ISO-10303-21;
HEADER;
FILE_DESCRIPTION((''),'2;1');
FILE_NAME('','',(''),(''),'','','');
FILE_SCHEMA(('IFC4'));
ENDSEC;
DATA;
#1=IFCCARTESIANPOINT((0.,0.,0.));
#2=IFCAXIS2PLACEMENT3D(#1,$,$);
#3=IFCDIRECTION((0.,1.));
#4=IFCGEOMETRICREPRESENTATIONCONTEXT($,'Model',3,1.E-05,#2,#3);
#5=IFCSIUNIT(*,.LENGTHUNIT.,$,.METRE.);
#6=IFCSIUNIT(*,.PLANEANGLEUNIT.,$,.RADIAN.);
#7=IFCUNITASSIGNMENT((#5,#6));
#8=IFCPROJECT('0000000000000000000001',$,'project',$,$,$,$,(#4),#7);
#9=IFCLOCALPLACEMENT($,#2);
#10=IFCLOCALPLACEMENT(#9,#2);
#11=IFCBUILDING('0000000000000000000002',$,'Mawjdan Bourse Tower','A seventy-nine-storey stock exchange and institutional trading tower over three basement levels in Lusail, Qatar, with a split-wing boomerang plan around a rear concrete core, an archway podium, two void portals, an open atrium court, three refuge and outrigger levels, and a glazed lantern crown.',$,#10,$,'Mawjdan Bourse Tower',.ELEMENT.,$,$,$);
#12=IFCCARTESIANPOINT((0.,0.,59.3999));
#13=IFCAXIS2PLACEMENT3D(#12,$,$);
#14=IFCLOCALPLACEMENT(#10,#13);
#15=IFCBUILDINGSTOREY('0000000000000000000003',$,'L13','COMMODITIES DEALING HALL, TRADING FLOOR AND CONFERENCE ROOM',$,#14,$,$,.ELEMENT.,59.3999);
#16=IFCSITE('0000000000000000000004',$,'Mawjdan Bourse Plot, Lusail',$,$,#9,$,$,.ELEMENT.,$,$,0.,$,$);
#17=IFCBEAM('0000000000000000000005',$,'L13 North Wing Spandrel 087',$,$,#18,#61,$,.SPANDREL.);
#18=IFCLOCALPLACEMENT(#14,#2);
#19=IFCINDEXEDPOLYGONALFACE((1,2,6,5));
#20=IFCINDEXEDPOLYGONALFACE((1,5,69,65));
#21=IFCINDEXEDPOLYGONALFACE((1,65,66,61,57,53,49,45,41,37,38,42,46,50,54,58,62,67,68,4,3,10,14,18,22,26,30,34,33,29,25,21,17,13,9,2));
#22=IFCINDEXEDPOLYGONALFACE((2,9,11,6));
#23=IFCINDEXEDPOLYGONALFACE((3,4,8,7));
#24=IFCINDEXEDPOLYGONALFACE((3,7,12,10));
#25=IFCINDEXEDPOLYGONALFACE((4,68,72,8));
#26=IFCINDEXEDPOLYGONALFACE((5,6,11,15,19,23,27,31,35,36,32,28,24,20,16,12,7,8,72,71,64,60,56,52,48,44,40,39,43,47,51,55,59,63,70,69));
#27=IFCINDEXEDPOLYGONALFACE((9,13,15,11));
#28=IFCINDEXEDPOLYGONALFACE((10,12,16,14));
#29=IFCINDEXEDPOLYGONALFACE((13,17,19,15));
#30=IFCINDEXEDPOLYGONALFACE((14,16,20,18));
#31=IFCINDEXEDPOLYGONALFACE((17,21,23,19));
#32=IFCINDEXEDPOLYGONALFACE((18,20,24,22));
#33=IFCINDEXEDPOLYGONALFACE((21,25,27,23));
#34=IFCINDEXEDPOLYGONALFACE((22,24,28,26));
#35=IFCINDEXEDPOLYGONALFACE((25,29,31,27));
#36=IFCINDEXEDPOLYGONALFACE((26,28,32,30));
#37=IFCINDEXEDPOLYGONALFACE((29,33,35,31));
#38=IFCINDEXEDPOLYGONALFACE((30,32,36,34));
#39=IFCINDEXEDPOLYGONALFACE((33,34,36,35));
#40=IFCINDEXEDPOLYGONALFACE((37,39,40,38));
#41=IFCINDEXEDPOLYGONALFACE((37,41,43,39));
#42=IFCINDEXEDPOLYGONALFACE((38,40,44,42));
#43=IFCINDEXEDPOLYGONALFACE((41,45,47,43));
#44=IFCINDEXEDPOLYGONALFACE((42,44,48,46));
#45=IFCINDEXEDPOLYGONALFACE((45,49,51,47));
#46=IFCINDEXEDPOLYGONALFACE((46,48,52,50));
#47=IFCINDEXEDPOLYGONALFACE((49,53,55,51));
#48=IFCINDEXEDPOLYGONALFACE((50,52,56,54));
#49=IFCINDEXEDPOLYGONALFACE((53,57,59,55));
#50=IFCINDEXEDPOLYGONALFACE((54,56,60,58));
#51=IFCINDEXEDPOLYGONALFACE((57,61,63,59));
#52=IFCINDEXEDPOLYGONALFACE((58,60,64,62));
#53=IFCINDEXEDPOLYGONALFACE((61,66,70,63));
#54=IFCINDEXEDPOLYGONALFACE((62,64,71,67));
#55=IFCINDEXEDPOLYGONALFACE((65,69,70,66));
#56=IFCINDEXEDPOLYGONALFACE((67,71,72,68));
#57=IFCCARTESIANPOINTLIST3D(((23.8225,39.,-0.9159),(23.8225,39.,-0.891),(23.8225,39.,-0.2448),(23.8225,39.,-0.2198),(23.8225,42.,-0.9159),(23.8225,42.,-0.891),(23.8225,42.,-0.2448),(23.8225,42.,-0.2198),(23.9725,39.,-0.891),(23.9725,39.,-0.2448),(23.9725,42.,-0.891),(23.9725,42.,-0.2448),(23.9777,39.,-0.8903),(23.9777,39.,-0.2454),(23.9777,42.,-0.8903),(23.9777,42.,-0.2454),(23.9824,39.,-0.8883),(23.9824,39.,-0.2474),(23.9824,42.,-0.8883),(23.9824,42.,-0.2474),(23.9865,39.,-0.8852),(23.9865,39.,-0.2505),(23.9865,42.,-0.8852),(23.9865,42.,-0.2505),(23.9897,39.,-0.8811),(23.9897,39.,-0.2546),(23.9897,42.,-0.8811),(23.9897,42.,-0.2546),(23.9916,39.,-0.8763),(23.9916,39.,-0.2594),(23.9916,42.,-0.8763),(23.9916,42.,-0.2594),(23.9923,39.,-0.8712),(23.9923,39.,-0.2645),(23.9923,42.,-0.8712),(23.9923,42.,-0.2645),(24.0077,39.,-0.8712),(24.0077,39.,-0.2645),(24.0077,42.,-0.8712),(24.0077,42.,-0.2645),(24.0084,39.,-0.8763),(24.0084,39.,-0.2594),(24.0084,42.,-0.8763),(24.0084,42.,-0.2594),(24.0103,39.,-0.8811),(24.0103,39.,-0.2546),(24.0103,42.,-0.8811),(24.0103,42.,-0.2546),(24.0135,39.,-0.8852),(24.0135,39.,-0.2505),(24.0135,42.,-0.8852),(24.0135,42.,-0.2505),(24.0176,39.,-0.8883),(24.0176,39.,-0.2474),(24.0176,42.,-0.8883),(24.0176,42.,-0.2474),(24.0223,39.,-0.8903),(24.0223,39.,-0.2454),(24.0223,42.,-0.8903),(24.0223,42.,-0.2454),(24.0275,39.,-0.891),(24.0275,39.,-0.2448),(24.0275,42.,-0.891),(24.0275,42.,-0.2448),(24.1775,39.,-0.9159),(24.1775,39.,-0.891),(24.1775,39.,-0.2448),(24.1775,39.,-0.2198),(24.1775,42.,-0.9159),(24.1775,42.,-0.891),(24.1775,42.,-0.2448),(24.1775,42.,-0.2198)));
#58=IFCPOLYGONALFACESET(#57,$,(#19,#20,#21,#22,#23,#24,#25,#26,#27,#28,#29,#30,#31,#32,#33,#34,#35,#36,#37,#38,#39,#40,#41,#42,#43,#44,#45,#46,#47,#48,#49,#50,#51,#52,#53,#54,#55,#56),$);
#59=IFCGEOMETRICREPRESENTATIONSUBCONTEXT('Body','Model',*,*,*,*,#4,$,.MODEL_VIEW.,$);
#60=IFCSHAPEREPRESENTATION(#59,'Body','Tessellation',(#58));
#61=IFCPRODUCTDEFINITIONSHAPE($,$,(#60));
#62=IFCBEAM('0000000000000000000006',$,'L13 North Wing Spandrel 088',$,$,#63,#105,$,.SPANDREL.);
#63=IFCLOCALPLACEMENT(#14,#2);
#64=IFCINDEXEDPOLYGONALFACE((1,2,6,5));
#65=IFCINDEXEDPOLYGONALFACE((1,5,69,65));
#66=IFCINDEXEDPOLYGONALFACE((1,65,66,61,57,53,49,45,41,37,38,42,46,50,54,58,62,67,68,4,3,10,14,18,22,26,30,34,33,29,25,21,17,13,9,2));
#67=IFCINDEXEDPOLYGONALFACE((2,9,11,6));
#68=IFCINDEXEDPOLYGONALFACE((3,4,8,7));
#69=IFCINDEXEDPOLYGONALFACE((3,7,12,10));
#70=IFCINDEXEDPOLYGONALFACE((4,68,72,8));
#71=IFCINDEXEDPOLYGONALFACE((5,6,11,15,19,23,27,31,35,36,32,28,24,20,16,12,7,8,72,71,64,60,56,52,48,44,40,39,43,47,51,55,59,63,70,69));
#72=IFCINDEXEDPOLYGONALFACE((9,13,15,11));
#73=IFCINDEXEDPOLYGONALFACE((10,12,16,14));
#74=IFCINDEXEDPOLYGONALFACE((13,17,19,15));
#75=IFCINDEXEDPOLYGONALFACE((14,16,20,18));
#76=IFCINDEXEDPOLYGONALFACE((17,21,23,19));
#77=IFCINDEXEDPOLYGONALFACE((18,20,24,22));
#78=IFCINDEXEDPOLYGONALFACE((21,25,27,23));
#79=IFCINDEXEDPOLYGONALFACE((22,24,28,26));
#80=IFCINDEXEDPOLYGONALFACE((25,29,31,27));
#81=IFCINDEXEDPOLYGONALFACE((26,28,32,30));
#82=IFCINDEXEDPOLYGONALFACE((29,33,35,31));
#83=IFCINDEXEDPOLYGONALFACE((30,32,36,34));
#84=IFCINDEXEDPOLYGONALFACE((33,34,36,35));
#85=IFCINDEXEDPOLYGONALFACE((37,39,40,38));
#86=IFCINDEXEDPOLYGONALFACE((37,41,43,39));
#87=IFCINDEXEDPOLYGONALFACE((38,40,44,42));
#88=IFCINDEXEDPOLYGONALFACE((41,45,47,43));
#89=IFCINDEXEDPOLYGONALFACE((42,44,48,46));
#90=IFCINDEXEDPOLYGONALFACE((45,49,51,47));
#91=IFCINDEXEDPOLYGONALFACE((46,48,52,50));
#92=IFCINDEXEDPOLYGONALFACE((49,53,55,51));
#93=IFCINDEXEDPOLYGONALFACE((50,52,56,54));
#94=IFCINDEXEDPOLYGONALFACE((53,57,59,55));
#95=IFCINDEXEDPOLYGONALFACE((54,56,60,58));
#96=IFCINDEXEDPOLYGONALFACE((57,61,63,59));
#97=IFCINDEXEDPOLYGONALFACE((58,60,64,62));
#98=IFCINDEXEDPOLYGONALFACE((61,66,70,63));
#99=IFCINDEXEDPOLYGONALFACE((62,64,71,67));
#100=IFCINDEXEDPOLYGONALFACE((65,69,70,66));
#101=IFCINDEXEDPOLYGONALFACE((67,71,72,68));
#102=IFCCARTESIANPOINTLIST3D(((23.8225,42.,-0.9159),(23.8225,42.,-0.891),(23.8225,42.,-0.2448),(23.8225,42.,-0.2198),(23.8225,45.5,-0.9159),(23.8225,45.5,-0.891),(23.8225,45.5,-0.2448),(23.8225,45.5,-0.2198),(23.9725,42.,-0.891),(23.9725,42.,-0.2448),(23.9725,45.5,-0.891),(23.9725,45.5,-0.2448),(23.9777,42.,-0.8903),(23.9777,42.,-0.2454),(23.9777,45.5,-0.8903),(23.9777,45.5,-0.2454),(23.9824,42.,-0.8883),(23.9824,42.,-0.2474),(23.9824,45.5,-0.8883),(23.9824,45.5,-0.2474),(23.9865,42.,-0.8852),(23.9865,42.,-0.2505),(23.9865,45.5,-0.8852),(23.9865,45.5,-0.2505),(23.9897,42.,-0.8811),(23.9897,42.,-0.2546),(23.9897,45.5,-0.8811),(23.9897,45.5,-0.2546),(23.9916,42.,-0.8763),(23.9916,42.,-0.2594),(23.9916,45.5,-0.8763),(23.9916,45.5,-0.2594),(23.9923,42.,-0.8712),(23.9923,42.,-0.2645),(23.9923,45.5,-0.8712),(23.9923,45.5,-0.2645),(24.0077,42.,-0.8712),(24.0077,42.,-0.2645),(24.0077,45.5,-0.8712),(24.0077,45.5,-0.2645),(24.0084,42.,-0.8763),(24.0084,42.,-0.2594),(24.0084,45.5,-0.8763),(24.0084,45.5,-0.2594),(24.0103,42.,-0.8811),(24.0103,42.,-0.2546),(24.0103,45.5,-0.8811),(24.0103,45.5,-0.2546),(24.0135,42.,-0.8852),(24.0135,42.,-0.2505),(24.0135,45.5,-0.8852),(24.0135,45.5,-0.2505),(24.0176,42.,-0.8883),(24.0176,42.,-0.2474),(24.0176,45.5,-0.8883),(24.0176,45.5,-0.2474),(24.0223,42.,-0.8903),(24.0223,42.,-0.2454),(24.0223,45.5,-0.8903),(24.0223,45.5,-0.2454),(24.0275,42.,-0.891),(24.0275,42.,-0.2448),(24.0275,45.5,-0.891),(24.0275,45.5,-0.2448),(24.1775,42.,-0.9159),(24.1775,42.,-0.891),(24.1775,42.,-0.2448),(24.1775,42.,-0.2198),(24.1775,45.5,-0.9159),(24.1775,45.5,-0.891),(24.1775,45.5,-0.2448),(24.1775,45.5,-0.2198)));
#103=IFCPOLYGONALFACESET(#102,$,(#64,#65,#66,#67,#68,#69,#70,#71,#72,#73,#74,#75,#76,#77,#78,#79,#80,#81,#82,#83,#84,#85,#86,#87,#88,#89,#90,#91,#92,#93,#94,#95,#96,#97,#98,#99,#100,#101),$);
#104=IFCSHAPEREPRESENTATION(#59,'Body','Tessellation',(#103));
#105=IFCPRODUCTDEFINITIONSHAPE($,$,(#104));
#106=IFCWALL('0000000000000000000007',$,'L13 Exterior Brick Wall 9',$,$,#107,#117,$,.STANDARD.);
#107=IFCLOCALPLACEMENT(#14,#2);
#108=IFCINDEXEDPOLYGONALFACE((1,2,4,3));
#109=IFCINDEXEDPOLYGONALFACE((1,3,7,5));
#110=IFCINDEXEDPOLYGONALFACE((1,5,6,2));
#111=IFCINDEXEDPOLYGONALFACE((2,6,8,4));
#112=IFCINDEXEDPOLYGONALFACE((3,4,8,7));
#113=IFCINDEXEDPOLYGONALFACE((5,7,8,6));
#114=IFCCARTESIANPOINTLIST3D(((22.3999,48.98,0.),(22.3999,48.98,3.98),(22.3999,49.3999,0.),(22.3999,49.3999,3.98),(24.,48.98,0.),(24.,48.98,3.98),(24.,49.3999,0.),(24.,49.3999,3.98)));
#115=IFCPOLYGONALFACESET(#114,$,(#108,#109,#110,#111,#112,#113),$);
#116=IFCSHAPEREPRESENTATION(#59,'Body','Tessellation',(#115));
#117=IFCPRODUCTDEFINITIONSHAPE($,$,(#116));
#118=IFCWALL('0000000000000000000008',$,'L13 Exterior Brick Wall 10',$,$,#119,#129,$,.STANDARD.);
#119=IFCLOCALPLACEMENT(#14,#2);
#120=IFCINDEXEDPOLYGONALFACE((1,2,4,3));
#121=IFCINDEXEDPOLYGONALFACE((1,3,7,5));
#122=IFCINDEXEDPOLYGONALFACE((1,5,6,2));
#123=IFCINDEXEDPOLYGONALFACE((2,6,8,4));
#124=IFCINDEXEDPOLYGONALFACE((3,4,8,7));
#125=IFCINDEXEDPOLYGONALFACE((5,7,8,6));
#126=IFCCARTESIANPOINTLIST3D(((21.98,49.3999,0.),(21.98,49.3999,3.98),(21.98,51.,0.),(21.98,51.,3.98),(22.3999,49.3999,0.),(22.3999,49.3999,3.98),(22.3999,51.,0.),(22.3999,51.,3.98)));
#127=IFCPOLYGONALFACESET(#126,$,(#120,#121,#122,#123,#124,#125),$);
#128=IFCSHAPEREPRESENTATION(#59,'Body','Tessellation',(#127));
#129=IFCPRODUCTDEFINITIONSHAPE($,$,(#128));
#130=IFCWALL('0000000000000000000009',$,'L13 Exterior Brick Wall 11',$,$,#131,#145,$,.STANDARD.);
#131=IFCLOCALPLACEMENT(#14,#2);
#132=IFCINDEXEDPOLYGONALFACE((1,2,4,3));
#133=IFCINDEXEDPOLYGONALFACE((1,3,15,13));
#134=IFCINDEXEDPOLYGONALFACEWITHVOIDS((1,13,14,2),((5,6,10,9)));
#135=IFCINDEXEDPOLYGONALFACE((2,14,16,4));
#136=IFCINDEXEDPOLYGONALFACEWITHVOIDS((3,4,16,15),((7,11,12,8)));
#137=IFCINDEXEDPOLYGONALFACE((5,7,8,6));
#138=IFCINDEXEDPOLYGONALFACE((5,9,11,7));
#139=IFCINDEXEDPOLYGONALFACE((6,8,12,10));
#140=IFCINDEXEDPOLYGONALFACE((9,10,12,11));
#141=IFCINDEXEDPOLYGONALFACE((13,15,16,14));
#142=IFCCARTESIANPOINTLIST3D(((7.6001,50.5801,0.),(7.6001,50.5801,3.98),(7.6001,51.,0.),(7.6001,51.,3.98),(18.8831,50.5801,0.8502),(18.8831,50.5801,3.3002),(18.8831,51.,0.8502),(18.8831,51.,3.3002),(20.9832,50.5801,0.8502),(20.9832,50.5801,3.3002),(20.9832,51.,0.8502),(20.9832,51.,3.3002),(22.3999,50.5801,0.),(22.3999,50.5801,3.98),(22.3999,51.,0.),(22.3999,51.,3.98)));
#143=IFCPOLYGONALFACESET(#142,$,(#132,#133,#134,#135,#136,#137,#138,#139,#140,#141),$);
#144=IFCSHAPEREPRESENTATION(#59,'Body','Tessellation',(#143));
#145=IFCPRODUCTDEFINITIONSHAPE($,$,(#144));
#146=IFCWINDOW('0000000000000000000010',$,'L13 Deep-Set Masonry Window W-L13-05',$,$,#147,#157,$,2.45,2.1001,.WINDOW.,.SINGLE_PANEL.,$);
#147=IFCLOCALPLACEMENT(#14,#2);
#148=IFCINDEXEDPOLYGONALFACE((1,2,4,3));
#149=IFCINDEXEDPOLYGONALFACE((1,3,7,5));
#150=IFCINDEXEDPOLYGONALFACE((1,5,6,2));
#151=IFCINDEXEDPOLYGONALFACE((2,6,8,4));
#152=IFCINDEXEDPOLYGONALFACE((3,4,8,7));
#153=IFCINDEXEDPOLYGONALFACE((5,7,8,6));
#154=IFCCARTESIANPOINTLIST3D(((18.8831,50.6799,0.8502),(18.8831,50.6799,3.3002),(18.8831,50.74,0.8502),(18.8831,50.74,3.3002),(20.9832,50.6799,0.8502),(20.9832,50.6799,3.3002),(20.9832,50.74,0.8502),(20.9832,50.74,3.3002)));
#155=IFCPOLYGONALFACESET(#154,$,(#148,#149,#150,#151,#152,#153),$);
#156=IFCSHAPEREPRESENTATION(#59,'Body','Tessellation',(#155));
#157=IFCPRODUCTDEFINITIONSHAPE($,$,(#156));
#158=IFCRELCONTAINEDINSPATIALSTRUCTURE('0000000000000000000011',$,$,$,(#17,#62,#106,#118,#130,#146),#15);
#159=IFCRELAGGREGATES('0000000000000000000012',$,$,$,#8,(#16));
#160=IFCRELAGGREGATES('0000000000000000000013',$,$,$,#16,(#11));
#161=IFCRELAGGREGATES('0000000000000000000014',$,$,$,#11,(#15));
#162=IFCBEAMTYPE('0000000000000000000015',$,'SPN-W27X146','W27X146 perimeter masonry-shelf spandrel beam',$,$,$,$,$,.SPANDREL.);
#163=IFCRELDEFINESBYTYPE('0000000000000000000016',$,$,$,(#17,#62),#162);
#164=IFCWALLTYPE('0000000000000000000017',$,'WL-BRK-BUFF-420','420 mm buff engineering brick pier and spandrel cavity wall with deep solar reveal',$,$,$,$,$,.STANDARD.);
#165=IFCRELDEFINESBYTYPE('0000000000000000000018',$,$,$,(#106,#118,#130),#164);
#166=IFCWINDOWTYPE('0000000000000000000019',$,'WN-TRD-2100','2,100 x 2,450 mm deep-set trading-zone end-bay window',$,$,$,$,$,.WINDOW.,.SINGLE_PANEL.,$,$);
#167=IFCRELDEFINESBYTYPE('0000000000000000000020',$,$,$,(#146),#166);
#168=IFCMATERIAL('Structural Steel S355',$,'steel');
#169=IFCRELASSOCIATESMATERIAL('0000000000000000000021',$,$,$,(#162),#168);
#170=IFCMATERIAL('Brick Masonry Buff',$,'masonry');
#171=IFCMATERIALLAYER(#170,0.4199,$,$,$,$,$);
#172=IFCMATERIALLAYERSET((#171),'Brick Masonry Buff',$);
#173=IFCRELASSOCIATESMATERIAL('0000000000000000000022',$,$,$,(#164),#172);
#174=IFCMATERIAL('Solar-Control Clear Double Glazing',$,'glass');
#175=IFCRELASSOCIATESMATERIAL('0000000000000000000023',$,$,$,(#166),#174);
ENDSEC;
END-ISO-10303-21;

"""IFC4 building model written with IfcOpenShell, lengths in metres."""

from ifc_helpers import new_model, si_unit, direction, frame, frame_2d, origin, origin_2d, place, context, subcontext, project, spatial, rectangle, i_section, extrude, material, layer, layer_set, material_profile, profile_set, type_object, element, fill, save


model = new_model("IFC4")

# Units and contexts
model_context = context("Model", 3, precision=1e-05, world=origin(), true_north=direction((0.0, 1.0)))
body_context = subcontext(model_context, "Body", "Model", "MODEL_VIEW")
ifc_project = project(units=[si_unit("LENGTHUNIT", "METRE"), si_unit("PLANEANGLEUNIT", "RADIAN")], contexts=[model_context])

# Site, building, storey
site_placement = place(None, origin())
site = spatial("IfcSite", under=ifc_project, at=site_placement, Name="Mawjdan Bourse Plot, Lusail", CompositionType="ELEMENT", RefElevation=0.0)
building_placement = place(site_placement, origin())
building = spatial("IfcBuilding", under=site, at=building_placement, Name="Mawjdan Bourse Tower", Description="A seventy-nine-storey stock exchange and institutional trading tower over three basement levels in Lusail, Qatar, with a split-wing boomerang plan around a rear concrete core, an archway podium, two void portals, an open atrium court, three refuge and outrigger levels, and a glazed lantern crown.", LongName="Mawjdan Bourse Tower", CompositionType="ELEMENT")
storey_placement = place(building_placement, frame((0.0, 0.0, 59.3999)))
storey = spatial("IfcBuildingStorey", under=building, at=storey_placement, Name="L13", Description="COMMODITIES DEALING HALL, TRADING FLOOR AND CONFERENCE ROOM", CompositionType="ELEMENT", Elevation=59.3999)

# Beams
ifc_material_1 = material(Name="Structural Steel S355", Category="steel")
ifc_material_profile_1 = material_profile(ifc_material_1, i_section(OverallWidth=0.355, OverallDepth=0.696, WebThickness=0.0154, FlangeThickness=0.0249, FilletRadius=0.0198, at=origin_2d()), Name="W27X146")
ifc_profile_set_1 = profile_set([ifc_material_profile_1], Name="Structural Steel S355")
beam_type_1 = type_object("IfcBeamType", Name="SPN-W27X146", Description="W27X146 perimeter masonry-shelf spandrel beam", PredefinedType="SPANDREL", material=ifc_profile_set_1)
for number, where, z_axis, x_axis, name in (
    (1, (24.0, 39.0, -0.5679), (0.0, 1.0, 0.0), (-1.0, 0.0, 0.0), "L13 North Wing Spandrel 087"),
):
    element("IfcBeam", number, at=place(storey_placement, frame(where, z_axis=z_axis, x_axis=x_axis)), inside=storey, type_object=beam_type_1, Name=name, PredefinedType="SPANDREL", context=body_context, shape_type="SweptSolid", body=[
        extrude(i_section(OverallWidth=0.355, OverallDepth=0.696, WebThickness=0.0154, FlangeThickness=0.0249, FilletRadius=0.0198, at=origin_2d()), origin(), (0.0, 0.0, 1.0), 3.0),
    ])
beam_1_placement = place(storey_placement, frame((24.0, 42.0, -0.5679), z_axis=(0.0, 1.0, 0.0), x_axis=(-1.0, 0.0, 0.0)))
element("IfcBeam", 2, at=beam_1_placement, inside=storey, type_object=beam_type_1, Name="L13 North Wing Spandrel 088", PredefinedType="SPANDREL", context=body_context, shape_type="SweptSolid", body=[
    extrude(i_section(OverallWidth=0.355, OverallDepth=0.696, WebThickness=0.0154, FlangeThickness=0.0249, FilletRadius=0.0198, at=origin_2d()), origin(), (0.0, 0.0, 1.0), 3.5),
])

# Walls
ifc_material_2 = material(Name="Brick Masonry Buff", Category="masonry")
ifc_layer = layer(ifc_material_2, 0.4199)
ifc_layer_set = layer_set([ifc_layer], Name="Brick Masonry Buff")
wall_type = type_object("IfcWallType", Name="WL-BRK-BUFF-420", Description="420 mm buff engineering brick pier and spandrel cavity wall with deep solar reveal", PredefinedType="STANDARD", material=ifc_layer_set)
for number, where, z_axis, x_axis, name in (
    (3, (24.0, 49.1899, 0.0), (0.0, 0.0, 1.0), (-1.0, 0.0, 0.0), "L13 Exterior Brick Wall 9"),
    (4, (22.1899, 49.3999, 0.0), (0.0, 0.0, 1.0), (0.0, 1.0, 0.0), "L13 Exterior Brick Wall 10"),
):
    element("IfcWall", number, at=place(storey_placement, frame(where, z_axis=z_axis, x_axis=x_axis)), inside=storey, type_object=wall_type, Name=name, PredefinedType="STANDARD", context=body_context, shape_type="SweptSolid", body=[
        extrude(rectangle(XDim=1.6001, YDim=0.4199, at=frame_2d((0.8, 0.0))), origin(), (0.0, 0.0, 1.0), 3.98),
    ])

# Wall, opening, window
wall_placement = place(storey_placement, frame((22.3999, 50.79, 0.0), z_axis=(0.0, 0.0, 1.0), x_axis=(-1.0, 0.0, 0.0)))
wall = element("IfcWall", 5, at=wall_placement, inside=storey, type_object=wall_type, Name="L13 Exterior Brick Wall 11", PredefinedType="STANDARD", context=body_context, shape_type="SweptSolid", body=[
    extrude(rectangle(XDim=14.7998, YDim=0.4199, at=frame_2d((7.3999, 0.0))), origin(), (0.0, 0.0, 1.0), 3.98),
])
opening_placement = place(wall_placement, frame((1.4167, 0.0, 0.8501)))
opening = element("IfcOpeningElement", 6, at=opening_placement, cuts=wall, PredefinedType="OPENING", context=body_context, shape_type="SweptSolid", body=[
    extrude(rectangle(XDim=2.1001, YDim=2.45, at=frame_2d((1.05, 1.2251))), frame((0.0, 0.22, 0.0), z_axis=(0.0, -1.0, 0.0), x_axis=(1.0, 0.0, 0.0)), (0.0, 0.0, 1.0), 0.4399),
])
ifc_material_3 = material(Name="Solar-Control Clear Double Glazing", Category="glass")
window_type = type_object("IfcWindowType", Name="WN-TRD-2100", Description="2,100 x 2,450 mm deep-set trading-zone end-bay window", PartitioningType="SINGLE_PANEL", PredefinedType="WINDOW", material=ifc_material_3)
window_placement = place(opening_placement, origin())
window = element("IfcWindow", 7, at=window_placement, inside=storey, type_object=window_type, Name="L13 Deep-Set Masonry Window W-L13-05", OverallHeight=2.45, OverallWidth=2.1001, PartitioningType="SINGLE_PANEL", PredefinedType="WINDOW", context=body_context, shape_type="SweptSolid", body=[
    extrude(rectangle(XDim=2.1001, YDim=2.45, at=frame_2d((1.05, 1.2251))), frame((0.0, 0.1101, 0.0), z_axis=(0.0, -1.0, 0.0), x_axis=(1.0, 0.0, 0.0)), (0.0, 0.0, 1.0), 0.0601),
])
fill(opening, window)

save(model, "model.ifc")
